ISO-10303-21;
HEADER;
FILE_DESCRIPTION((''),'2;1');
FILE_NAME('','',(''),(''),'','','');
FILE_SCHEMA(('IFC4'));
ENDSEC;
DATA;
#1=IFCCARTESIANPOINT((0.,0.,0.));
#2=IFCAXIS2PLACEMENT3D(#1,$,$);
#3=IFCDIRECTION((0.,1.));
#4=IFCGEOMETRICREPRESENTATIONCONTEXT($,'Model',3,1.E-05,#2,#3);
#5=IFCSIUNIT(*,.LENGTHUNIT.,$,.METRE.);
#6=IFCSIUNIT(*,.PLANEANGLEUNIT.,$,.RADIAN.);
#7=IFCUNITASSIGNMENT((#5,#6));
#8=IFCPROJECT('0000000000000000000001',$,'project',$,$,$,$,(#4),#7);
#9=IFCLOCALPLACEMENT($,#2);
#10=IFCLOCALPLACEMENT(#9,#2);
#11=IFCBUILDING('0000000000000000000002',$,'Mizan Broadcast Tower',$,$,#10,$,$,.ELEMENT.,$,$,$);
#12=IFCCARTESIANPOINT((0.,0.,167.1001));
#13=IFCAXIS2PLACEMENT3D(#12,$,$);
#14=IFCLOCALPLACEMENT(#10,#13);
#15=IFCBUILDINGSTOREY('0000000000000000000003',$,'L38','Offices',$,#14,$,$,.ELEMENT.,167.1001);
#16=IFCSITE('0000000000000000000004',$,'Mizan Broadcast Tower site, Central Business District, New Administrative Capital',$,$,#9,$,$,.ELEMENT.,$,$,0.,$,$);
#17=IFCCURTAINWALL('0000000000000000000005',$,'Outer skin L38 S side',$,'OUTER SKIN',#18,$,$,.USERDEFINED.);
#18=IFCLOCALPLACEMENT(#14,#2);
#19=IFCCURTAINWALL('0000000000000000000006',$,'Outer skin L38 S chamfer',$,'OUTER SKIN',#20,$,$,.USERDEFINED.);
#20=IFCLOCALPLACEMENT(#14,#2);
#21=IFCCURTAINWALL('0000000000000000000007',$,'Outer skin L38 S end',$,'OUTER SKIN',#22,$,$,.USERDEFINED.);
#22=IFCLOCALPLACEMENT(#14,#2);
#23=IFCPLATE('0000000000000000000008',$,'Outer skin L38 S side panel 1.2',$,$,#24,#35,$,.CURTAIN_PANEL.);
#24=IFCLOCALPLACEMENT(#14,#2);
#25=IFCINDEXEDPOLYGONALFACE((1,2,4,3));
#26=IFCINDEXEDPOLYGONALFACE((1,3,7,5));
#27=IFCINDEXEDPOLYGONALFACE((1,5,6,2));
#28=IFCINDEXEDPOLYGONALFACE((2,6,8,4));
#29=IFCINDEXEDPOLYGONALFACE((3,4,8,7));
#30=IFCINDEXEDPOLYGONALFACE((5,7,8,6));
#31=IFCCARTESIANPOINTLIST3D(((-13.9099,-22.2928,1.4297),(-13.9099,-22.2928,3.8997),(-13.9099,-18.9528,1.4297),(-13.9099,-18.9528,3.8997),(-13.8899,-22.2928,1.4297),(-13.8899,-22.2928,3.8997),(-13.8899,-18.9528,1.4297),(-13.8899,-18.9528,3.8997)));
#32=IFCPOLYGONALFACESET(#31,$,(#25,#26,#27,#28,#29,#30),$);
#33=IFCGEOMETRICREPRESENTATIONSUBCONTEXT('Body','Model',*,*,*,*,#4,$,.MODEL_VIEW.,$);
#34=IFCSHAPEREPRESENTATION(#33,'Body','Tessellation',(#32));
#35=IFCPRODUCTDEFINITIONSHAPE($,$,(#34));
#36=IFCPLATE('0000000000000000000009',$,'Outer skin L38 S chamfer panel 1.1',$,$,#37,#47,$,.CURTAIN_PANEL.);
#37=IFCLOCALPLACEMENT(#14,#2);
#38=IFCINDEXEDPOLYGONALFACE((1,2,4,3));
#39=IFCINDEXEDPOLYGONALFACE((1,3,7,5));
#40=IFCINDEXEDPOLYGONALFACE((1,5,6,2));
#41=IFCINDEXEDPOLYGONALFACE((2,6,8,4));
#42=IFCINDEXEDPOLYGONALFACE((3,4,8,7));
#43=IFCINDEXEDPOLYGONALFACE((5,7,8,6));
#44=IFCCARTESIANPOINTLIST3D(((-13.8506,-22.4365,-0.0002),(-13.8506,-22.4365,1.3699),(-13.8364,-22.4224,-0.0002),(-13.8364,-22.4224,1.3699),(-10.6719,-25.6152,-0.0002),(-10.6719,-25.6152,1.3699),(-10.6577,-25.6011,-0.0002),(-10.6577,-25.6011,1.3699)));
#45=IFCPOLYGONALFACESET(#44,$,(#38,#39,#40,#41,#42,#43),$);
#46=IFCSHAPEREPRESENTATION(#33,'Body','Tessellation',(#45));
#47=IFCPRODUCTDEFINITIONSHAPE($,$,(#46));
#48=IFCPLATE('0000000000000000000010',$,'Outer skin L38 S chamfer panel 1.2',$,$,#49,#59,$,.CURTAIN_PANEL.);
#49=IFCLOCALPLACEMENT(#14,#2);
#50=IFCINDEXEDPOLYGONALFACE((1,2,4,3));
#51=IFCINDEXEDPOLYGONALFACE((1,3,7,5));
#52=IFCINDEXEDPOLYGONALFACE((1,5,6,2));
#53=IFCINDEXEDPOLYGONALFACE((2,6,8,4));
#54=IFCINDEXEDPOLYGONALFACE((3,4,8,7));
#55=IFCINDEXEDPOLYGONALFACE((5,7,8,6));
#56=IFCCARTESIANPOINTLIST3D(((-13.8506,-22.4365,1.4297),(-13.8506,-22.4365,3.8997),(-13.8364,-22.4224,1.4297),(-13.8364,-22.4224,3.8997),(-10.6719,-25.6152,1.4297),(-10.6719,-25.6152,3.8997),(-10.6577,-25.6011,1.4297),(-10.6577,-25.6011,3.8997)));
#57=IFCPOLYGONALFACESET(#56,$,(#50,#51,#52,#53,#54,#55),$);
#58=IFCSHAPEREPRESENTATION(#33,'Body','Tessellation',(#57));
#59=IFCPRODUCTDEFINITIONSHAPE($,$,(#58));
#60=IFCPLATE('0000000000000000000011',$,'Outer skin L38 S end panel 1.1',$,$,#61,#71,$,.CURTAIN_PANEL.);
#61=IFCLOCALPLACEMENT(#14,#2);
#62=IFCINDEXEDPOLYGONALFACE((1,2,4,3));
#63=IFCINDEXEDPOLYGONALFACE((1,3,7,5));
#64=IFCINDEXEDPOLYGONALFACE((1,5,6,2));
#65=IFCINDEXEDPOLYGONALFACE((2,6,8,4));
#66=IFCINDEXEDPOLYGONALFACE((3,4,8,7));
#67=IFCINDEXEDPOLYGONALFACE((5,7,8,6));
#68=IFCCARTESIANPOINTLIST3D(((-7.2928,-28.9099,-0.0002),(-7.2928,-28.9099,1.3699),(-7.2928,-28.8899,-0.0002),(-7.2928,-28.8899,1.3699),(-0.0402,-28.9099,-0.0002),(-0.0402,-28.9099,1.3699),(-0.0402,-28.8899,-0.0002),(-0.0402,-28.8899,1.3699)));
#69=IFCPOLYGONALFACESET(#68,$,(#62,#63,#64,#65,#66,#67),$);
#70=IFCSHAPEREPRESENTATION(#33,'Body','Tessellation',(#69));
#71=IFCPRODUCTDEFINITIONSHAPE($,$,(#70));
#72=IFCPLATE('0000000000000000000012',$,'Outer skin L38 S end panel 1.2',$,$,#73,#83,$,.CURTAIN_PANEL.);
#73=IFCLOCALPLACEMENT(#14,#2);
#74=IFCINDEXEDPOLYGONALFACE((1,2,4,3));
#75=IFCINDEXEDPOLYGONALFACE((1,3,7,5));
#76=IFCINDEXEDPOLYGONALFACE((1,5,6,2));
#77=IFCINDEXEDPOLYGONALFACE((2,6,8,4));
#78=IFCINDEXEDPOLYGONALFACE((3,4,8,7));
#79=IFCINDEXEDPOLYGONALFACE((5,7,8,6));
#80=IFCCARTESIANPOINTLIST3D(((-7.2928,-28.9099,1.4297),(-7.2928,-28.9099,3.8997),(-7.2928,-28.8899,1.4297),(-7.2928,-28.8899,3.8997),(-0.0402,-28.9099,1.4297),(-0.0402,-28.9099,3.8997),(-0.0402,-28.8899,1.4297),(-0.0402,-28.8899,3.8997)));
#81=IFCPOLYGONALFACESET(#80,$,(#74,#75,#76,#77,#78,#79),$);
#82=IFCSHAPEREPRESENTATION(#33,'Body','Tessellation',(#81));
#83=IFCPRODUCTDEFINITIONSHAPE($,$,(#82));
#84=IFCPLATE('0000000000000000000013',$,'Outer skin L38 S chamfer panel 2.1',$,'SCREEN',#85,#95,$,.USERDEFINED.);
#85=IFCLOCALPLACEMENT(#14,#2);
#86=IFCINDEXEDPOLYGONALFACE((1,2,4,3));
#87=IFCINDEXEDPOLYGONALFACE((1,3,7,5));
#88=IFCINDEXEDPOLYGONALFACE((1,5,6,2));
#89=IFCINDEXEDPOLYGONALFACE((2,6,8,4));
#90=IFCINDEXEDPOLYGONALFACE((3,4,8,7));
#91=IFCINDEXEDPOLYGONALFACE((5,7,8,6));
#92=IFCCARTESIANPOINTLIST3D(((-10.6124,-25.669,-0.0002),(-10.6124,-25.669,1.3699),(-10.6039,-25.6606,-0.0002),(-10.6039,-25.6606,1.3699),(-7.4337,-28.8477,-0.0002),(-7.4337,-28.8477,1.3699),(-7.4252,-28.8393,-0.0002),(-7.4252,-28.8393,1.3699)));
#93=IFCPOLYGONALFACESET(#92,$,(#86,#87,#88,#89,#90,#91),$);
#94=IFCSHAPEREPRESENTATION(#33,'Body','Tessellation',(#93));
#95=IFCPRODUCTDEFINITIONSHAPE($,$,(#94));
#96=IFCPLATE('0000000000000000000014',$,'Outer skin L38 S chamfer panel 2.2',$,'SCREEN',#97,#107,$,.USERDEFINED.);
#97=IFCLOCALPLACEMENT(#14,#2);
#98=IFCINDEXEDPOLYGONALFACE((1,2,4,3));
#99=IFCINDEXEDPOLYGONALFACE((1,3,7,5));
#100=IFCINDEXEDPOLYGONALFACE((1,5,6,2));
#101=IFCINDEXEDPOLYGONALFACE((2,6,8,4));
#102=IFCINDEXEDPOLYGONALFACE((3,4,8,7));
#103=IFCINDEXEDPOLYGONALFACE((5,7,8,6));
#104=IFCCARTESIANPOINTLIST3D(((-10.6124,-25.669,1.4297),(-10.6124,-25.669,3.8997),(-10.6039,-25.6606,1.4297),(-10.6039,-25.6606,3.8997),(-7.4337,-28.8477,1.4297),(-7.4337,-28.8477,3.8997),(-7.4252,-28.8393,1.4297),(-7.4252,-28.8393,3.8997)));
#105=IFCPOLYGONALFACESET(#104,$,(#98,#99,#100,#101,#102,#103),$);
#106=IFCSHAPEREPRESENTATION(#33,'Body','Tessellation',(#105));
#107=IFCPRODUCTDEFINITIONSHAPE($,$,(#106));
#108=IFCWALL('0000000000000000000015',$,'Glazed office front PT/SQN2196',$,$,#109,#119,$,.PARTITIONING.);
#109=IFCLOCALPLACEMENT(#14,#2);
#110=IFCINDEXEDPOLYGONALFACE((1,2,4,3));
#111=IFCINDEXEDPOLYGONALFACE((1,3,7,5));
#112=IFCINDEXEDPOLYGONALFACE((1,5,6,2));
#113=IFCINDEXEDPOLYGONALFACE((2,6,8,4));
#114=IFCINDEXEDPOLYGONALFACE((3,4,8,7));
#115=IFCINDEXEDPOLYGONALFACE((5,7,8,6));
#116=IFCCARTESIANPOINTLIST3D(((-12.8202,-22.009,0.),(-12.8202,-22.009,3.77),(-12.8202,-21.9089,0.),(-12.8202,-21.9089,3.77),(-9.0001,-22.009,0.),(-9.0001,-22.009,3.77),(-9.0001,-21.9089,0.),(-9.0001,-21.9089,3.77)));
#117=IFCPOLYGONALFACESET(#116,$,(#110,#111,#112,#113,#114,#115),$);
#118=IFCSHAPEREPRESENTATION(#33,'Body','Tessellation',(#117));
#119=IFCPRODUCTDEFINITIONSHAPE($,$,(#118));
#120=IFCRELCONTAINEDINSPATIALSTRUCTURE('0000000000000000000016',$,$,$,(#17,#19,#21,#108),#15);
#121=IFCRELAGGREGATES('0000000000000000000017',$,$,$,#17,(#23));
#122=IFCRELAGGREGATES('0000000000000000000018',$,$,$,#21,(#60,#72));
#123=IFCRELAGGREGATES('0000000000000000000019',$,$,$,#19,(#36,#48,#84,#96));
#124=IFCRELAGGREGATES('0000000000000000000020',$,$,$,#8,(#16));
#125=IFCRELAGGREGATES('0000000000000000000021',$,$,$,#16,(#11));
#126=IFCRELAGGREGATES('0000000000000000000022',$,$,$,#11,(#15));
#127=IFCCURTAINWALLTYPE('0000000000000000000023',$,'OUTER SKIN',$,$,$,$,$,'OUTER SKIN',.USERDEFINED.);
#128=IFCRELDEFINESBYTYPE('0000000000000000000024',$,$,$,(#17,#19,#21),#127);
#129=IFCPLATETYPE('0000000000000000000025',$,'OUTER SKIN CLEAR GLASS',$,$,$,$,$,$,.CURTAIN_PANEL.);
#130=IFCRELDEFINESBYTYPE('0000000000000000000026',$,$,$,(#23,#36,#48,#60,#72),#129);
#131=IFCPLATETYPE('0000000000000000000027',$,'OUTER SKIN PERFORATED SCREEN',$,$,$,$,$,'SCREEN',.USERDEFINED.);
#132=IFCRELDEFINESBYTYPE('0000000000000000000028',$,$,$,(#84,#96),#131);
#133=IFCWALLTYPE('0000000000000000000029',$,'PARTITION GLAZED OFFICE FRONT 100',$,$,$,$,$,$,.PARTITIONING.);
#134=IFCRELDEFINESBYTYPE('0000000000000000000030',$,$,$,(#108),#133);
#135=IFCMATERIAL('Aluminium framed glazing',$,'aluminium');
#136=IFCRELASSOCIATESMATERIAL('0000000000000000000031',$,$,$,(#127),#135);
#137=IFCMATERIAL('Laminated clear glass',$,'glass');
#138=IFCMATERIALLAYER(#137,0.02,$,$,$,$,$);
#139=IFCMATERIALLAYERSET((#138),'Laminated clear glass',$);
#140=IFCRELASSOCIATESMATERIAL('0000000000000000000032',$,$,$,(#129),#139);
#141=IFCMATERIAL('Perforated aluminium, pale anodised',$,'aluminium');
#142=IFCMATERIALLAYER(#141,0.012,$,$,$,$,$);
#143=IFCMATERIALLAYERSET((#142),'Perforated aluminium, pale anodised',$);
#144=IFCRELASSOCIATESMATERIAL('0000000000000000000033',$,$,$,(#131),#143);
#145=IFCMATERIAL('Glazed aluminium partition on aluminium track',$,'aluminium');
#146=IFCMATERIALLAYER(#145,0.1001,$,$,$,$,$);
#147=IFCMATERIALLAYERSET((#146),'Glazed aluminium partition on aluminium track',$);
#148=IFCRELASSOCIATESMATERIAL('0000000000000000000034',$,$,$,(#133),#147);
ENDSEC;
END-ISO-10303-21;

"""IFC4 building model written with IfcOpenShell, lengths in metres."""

from ifc_helpers import new_model, si_unit, direction, frame, frame_2d, origin, origin_2d, place, context, subcontext, project, spatial, rectangle, extrude, material, layer, layer_set, type_object, element, aggregate, save


model = new_model("IFC4")

# Units and contexts
model_context = context("Model", 3, precision=1e-05, world=origin(), true_north=direction((0.0, 1.0)))
body_context = subcontext(model_context, "Body", "Model", "MODEL_VIEW")
ifc_project = project(units=[si_unit("LENGTHUNIT", "METRE"), si_unit("PLANEANGLEUNIT", "RADIAN")], contexts=[model_context])

# Site, building, storey
site_placement = place(None, origin())
site = spatial("IfcSite", under=ifc_project, at=site_placement, Name="Mizan Broadcast Tower site, Central Business District, New Administrative Capital", CompositionType="ELEMENT", RefElevation=0.0)
building_placement = place(site_placement, origin())
building = spatial("IfcBuilding", under=site, at=building_placement, Name="Mizan Broadcast Tower", CompositionType="ELEMENT")
storey_placement = place(building_placement, frame((0.0, 0.0, 167.1001)))
storey = spatial("IfcBuildingStorey", under=building, at=storey_placement, Name="L38", Description="Offices", CompositionType="ELEMENT", Elevation=167.1001)

# Curtain wall
ifc_material_1 = material(Name="Aluminium framed glazing", Category="aluminium")
curtain_wall_type_1 = type_object("IfcCurtainWallType", Name="OUTER SKIN", ElementType="OUTER SKIN", PredefinedType="USERDEFINED", material=ifc_material_1)
curtain_wall_1_placement = place(storey_placement, origin())
curtain_wall_1 = element("IfcCurtainWall", 1, at=curtain_wall_1_placement, inside=storey, type_object=curtain_wall_type_1, Name="Outer skin L38 S side", ObjectType="OUTER SKIN", PredefinedType="USERDEFINED")

# Curtain wall
curtain_wall_2_placement = place(storey_placement, origin())
curtain_wall_2 = element("IfcCurtainWall", 2, at=curtain_wall_2_placement, inside=storey, type_object=curtain_wall_type_1, Name="Outer skin L38 S chamfer", ObjectType="OUTER SKIN", PredefinedType="USERDEFINED")

# Curtain wall
curtain_wall_3_placement = place(storey_placement, origin())
curtain_wall_3 = element("IfcCurtainWall", 3, at=curtain_wall_3_placement, inside=storey, type_object=curtain_wall_type_1, Name="Outer skin L38 S end", ObjectType="OUTER SKIN", PredefinedType="USERDEFINED")

# Plates
ifc_material_2 = material(Name="Laminated clear glass", Category="glass")
ifc_layer_1 = layer(ifc_material_2, 0.02)
ifc_layer_set_1 = layer_set([ifc_layer_1], Name="Laminated clear glass")
plate_type_1 = type_object("IfcPlateType", Name="OUTER SKIN CLEAR GLASS", PredefinedType="CURTAIN_PANEL", material=ifc_layer_set_1)
plate_1_placement = place(storey_placement, frame((-13.8999, -20.6228, 1.4297), z_axis=(0.0, 0.0, 1.0), x_axis=(0.0, -1.0, 0.0)))
plate_1 = element("IfcPlate", 4, at=plate_1_placement, type_object=plate_type_1, Name="Outer skin L38 S side panel 1.2", PredefinedType="CURTAIN_PANEL", context=body_context, shape_type="SweptSolid", body=[
    extrude(rectangle(XDim=3.3401, YDim=0.02, at=origin_2d()), origin(), (0.0, 0.0, 1.0), 2.47),
])
aggregate(curtain_wall_1, [plate_1])
plate_2_placement = place(storey_placement, frame((-12.2542, -24.0188, -0.0002), z_axis=(0.0, 0.0, 1.0), x_axis=(0.707107, -0.707107, 0.0)))
plate_2 = element("IfcPlate", 5, at=plate_2_placement, type_object=plate_type_1, Name="Outer skin L38 S chamfer panel 1.1", PredefinedType="CURTAIN_PANEL", context=body_context, shape_type="SweptSolid", body=[
    extrude(rectangle(XDim=4.4954, YDim=0.02, at=origin_2d()), origin(), (0.0, 0.0, 1.0), 1.3701),
])
plate_3_placement = place(storey_placement, frame((-12.2542, -24.0188, 1.4297), z_axis=(0.0, 0.0, 1.0), x_axis=(0.707107, -0.707107, 0.0)))
plate_3 = element("IfcPlate", 6, at=plate_3_placement, type_object=plate_type_1, Name="Outer skin L38 S chamfer panel 1.2", PredefinedType="CURTAIN_PANEL", context=body_context, shape_type="SweptSolid", body=[
    extrude(rectangle(XDim=4.4954, YDim=0.02, at=origin_2d()), origin(), (0.0, 0.0, 1.0), 2.47),
])
plate_4_placement = place(storey_placement, frame((-3.6665, -28.8999, -0.0002), z_axis=(0.0, 0.0, 1.0), x_axis=(1.0, 0.0, 0.0)))
plate_4 = element("IfcPlate", 7, at=plate_4_placement, type_object=plate_type_1, Name="Outer skin L38 S end panel 1.1", PredefinedType="CURTAIN_PANEL", context=body_context, shape_type="SweptSolid", body=[
    extrude(rectangle(XDim=7.2527, YDim=0.02, at=origin_2d()), origin(), (0.0, 0.0, 1.0), 1.3701),
])
plate_5_placement = place(storey_placement, frame((-3.6665, -28.8999, 1.4297), z_axis=(0.0, 0.0, 1.0), x_axis=(1.0, 0.0, 0.0)))
plate_5 = element("IfcPlate", 8, at=plate_5_placement, type_object=plate_type_1, Name="Outer skin L38 S end panel 1.2", PredefinedType="CURTAIN_PANEL", context=body_context, shape_type="SweptSolid", body=[
    extrude(rectangle(XDim=7.2527, YDim=0.02, at=origin_2d()), origin(), (0.0, 0.0, 1.0), 2.47),
])
aggregate(curtain_wall_3, [plate_4, plate_5])
ifc_material_3 = material(Name="Perforated aluminium, pale anodised", Category="aluminium")
ifc_layer_2 = layer(ifc_material_3, 0.012)
ifc_layer_set_2 = layer_set([ifc_layer_2], Name="Perforated aluminium, pale anodised")
plate_type_2 = type_object("IfcPlateType", Name="OUTER SKIN PERFORATED SCREEN", ElementType="SCREEN", PredefinedType="USERDEFINED", material=ifc_layer_set_2)
plate_6_placement = place(storey_placement, frame((-9.0188, -27.2542, -0.0002), z_axis=(0.0, 0.0, 1.0), x_axis=(0.707107, -0.707107, 0.0)))
plate_6 = element("IfcPlate", 9, at=plate_6_placement, type_object=plate_type_2, Name="Outer skin L38 S chamfer panel 2.1", ObjectType="SCREEN", PredefinedType="USERDEFINED", context=body_context, shape_type="SweptSolid", body=[
    extrude(rectangle(XDim=4.4954, YDim=0.012, at=origin_2d()), origin(), (0.0, 0.0, 1.0), 1.3701),
])
plate_7_placement = place(storey_placement, frame((-9.0188, -27.2542, 1.4297), z_axis=(0.0, 0.0, 1.0), x_axis=(0.707107, -0.707107, 0.0)))
plate_7 = element("IfcPlate", 10, at=plate_7_placement, type_object=plate_type_2, Name="Outer skin L38 S chamfer panel 2.2", ObjectType="SCREEN", PredefinedType="USERDEFINED", context=body_context, shape_type="SweptSolid", body=[
    extrude(rectangle(XDim=4.4954, YDim=0.012, at=origin_2d()), origin(), (0.0, 0.0, 1.0), 2.47),
])
aggregate(curtain_wall_2, [plate_2, plate_3, plate_6, plate_7])

# Wall
ifc_material_4 = material(Name="Glazed aluminium partition on aluminium track", Category="aluminium")
ifc_layer_3 = layer(ifc_material_4, 0.1001)
ifc_layer_set_3 = layer_set([ifc_layer_3], Name="Glazed aluminium partition on aluminium track")
wall_type = type_object("IfcWallType", Name="PARTITION GLAZED OFFICE FRONT 100", PredefinedType="PARTITIONING", material=ifc_layer_set_3)
wall_placement = place(storey_placement, frame((-9.0, -21.959, 0.0), z_axis=(0.0, 0.0, 1.0), x_axis=(-1.0, 0.0, 0.0)))
element("IfcWall", 11, at=wall_placement, inside=storey, type_object=wall_type, Name="Glazed office front PT/SQN2196", PredefinedType="PARTITIONING", context=body_context, shape_type="SweptSolid", body=[
    extrude(rectangle(XDim=3.8201, YDim=0.1001, at=frame_2d((1.9102, 0.0))), origin(), (0.0, 0.0, 1.0), 3.77),
])

save(model, "model.ifc")
